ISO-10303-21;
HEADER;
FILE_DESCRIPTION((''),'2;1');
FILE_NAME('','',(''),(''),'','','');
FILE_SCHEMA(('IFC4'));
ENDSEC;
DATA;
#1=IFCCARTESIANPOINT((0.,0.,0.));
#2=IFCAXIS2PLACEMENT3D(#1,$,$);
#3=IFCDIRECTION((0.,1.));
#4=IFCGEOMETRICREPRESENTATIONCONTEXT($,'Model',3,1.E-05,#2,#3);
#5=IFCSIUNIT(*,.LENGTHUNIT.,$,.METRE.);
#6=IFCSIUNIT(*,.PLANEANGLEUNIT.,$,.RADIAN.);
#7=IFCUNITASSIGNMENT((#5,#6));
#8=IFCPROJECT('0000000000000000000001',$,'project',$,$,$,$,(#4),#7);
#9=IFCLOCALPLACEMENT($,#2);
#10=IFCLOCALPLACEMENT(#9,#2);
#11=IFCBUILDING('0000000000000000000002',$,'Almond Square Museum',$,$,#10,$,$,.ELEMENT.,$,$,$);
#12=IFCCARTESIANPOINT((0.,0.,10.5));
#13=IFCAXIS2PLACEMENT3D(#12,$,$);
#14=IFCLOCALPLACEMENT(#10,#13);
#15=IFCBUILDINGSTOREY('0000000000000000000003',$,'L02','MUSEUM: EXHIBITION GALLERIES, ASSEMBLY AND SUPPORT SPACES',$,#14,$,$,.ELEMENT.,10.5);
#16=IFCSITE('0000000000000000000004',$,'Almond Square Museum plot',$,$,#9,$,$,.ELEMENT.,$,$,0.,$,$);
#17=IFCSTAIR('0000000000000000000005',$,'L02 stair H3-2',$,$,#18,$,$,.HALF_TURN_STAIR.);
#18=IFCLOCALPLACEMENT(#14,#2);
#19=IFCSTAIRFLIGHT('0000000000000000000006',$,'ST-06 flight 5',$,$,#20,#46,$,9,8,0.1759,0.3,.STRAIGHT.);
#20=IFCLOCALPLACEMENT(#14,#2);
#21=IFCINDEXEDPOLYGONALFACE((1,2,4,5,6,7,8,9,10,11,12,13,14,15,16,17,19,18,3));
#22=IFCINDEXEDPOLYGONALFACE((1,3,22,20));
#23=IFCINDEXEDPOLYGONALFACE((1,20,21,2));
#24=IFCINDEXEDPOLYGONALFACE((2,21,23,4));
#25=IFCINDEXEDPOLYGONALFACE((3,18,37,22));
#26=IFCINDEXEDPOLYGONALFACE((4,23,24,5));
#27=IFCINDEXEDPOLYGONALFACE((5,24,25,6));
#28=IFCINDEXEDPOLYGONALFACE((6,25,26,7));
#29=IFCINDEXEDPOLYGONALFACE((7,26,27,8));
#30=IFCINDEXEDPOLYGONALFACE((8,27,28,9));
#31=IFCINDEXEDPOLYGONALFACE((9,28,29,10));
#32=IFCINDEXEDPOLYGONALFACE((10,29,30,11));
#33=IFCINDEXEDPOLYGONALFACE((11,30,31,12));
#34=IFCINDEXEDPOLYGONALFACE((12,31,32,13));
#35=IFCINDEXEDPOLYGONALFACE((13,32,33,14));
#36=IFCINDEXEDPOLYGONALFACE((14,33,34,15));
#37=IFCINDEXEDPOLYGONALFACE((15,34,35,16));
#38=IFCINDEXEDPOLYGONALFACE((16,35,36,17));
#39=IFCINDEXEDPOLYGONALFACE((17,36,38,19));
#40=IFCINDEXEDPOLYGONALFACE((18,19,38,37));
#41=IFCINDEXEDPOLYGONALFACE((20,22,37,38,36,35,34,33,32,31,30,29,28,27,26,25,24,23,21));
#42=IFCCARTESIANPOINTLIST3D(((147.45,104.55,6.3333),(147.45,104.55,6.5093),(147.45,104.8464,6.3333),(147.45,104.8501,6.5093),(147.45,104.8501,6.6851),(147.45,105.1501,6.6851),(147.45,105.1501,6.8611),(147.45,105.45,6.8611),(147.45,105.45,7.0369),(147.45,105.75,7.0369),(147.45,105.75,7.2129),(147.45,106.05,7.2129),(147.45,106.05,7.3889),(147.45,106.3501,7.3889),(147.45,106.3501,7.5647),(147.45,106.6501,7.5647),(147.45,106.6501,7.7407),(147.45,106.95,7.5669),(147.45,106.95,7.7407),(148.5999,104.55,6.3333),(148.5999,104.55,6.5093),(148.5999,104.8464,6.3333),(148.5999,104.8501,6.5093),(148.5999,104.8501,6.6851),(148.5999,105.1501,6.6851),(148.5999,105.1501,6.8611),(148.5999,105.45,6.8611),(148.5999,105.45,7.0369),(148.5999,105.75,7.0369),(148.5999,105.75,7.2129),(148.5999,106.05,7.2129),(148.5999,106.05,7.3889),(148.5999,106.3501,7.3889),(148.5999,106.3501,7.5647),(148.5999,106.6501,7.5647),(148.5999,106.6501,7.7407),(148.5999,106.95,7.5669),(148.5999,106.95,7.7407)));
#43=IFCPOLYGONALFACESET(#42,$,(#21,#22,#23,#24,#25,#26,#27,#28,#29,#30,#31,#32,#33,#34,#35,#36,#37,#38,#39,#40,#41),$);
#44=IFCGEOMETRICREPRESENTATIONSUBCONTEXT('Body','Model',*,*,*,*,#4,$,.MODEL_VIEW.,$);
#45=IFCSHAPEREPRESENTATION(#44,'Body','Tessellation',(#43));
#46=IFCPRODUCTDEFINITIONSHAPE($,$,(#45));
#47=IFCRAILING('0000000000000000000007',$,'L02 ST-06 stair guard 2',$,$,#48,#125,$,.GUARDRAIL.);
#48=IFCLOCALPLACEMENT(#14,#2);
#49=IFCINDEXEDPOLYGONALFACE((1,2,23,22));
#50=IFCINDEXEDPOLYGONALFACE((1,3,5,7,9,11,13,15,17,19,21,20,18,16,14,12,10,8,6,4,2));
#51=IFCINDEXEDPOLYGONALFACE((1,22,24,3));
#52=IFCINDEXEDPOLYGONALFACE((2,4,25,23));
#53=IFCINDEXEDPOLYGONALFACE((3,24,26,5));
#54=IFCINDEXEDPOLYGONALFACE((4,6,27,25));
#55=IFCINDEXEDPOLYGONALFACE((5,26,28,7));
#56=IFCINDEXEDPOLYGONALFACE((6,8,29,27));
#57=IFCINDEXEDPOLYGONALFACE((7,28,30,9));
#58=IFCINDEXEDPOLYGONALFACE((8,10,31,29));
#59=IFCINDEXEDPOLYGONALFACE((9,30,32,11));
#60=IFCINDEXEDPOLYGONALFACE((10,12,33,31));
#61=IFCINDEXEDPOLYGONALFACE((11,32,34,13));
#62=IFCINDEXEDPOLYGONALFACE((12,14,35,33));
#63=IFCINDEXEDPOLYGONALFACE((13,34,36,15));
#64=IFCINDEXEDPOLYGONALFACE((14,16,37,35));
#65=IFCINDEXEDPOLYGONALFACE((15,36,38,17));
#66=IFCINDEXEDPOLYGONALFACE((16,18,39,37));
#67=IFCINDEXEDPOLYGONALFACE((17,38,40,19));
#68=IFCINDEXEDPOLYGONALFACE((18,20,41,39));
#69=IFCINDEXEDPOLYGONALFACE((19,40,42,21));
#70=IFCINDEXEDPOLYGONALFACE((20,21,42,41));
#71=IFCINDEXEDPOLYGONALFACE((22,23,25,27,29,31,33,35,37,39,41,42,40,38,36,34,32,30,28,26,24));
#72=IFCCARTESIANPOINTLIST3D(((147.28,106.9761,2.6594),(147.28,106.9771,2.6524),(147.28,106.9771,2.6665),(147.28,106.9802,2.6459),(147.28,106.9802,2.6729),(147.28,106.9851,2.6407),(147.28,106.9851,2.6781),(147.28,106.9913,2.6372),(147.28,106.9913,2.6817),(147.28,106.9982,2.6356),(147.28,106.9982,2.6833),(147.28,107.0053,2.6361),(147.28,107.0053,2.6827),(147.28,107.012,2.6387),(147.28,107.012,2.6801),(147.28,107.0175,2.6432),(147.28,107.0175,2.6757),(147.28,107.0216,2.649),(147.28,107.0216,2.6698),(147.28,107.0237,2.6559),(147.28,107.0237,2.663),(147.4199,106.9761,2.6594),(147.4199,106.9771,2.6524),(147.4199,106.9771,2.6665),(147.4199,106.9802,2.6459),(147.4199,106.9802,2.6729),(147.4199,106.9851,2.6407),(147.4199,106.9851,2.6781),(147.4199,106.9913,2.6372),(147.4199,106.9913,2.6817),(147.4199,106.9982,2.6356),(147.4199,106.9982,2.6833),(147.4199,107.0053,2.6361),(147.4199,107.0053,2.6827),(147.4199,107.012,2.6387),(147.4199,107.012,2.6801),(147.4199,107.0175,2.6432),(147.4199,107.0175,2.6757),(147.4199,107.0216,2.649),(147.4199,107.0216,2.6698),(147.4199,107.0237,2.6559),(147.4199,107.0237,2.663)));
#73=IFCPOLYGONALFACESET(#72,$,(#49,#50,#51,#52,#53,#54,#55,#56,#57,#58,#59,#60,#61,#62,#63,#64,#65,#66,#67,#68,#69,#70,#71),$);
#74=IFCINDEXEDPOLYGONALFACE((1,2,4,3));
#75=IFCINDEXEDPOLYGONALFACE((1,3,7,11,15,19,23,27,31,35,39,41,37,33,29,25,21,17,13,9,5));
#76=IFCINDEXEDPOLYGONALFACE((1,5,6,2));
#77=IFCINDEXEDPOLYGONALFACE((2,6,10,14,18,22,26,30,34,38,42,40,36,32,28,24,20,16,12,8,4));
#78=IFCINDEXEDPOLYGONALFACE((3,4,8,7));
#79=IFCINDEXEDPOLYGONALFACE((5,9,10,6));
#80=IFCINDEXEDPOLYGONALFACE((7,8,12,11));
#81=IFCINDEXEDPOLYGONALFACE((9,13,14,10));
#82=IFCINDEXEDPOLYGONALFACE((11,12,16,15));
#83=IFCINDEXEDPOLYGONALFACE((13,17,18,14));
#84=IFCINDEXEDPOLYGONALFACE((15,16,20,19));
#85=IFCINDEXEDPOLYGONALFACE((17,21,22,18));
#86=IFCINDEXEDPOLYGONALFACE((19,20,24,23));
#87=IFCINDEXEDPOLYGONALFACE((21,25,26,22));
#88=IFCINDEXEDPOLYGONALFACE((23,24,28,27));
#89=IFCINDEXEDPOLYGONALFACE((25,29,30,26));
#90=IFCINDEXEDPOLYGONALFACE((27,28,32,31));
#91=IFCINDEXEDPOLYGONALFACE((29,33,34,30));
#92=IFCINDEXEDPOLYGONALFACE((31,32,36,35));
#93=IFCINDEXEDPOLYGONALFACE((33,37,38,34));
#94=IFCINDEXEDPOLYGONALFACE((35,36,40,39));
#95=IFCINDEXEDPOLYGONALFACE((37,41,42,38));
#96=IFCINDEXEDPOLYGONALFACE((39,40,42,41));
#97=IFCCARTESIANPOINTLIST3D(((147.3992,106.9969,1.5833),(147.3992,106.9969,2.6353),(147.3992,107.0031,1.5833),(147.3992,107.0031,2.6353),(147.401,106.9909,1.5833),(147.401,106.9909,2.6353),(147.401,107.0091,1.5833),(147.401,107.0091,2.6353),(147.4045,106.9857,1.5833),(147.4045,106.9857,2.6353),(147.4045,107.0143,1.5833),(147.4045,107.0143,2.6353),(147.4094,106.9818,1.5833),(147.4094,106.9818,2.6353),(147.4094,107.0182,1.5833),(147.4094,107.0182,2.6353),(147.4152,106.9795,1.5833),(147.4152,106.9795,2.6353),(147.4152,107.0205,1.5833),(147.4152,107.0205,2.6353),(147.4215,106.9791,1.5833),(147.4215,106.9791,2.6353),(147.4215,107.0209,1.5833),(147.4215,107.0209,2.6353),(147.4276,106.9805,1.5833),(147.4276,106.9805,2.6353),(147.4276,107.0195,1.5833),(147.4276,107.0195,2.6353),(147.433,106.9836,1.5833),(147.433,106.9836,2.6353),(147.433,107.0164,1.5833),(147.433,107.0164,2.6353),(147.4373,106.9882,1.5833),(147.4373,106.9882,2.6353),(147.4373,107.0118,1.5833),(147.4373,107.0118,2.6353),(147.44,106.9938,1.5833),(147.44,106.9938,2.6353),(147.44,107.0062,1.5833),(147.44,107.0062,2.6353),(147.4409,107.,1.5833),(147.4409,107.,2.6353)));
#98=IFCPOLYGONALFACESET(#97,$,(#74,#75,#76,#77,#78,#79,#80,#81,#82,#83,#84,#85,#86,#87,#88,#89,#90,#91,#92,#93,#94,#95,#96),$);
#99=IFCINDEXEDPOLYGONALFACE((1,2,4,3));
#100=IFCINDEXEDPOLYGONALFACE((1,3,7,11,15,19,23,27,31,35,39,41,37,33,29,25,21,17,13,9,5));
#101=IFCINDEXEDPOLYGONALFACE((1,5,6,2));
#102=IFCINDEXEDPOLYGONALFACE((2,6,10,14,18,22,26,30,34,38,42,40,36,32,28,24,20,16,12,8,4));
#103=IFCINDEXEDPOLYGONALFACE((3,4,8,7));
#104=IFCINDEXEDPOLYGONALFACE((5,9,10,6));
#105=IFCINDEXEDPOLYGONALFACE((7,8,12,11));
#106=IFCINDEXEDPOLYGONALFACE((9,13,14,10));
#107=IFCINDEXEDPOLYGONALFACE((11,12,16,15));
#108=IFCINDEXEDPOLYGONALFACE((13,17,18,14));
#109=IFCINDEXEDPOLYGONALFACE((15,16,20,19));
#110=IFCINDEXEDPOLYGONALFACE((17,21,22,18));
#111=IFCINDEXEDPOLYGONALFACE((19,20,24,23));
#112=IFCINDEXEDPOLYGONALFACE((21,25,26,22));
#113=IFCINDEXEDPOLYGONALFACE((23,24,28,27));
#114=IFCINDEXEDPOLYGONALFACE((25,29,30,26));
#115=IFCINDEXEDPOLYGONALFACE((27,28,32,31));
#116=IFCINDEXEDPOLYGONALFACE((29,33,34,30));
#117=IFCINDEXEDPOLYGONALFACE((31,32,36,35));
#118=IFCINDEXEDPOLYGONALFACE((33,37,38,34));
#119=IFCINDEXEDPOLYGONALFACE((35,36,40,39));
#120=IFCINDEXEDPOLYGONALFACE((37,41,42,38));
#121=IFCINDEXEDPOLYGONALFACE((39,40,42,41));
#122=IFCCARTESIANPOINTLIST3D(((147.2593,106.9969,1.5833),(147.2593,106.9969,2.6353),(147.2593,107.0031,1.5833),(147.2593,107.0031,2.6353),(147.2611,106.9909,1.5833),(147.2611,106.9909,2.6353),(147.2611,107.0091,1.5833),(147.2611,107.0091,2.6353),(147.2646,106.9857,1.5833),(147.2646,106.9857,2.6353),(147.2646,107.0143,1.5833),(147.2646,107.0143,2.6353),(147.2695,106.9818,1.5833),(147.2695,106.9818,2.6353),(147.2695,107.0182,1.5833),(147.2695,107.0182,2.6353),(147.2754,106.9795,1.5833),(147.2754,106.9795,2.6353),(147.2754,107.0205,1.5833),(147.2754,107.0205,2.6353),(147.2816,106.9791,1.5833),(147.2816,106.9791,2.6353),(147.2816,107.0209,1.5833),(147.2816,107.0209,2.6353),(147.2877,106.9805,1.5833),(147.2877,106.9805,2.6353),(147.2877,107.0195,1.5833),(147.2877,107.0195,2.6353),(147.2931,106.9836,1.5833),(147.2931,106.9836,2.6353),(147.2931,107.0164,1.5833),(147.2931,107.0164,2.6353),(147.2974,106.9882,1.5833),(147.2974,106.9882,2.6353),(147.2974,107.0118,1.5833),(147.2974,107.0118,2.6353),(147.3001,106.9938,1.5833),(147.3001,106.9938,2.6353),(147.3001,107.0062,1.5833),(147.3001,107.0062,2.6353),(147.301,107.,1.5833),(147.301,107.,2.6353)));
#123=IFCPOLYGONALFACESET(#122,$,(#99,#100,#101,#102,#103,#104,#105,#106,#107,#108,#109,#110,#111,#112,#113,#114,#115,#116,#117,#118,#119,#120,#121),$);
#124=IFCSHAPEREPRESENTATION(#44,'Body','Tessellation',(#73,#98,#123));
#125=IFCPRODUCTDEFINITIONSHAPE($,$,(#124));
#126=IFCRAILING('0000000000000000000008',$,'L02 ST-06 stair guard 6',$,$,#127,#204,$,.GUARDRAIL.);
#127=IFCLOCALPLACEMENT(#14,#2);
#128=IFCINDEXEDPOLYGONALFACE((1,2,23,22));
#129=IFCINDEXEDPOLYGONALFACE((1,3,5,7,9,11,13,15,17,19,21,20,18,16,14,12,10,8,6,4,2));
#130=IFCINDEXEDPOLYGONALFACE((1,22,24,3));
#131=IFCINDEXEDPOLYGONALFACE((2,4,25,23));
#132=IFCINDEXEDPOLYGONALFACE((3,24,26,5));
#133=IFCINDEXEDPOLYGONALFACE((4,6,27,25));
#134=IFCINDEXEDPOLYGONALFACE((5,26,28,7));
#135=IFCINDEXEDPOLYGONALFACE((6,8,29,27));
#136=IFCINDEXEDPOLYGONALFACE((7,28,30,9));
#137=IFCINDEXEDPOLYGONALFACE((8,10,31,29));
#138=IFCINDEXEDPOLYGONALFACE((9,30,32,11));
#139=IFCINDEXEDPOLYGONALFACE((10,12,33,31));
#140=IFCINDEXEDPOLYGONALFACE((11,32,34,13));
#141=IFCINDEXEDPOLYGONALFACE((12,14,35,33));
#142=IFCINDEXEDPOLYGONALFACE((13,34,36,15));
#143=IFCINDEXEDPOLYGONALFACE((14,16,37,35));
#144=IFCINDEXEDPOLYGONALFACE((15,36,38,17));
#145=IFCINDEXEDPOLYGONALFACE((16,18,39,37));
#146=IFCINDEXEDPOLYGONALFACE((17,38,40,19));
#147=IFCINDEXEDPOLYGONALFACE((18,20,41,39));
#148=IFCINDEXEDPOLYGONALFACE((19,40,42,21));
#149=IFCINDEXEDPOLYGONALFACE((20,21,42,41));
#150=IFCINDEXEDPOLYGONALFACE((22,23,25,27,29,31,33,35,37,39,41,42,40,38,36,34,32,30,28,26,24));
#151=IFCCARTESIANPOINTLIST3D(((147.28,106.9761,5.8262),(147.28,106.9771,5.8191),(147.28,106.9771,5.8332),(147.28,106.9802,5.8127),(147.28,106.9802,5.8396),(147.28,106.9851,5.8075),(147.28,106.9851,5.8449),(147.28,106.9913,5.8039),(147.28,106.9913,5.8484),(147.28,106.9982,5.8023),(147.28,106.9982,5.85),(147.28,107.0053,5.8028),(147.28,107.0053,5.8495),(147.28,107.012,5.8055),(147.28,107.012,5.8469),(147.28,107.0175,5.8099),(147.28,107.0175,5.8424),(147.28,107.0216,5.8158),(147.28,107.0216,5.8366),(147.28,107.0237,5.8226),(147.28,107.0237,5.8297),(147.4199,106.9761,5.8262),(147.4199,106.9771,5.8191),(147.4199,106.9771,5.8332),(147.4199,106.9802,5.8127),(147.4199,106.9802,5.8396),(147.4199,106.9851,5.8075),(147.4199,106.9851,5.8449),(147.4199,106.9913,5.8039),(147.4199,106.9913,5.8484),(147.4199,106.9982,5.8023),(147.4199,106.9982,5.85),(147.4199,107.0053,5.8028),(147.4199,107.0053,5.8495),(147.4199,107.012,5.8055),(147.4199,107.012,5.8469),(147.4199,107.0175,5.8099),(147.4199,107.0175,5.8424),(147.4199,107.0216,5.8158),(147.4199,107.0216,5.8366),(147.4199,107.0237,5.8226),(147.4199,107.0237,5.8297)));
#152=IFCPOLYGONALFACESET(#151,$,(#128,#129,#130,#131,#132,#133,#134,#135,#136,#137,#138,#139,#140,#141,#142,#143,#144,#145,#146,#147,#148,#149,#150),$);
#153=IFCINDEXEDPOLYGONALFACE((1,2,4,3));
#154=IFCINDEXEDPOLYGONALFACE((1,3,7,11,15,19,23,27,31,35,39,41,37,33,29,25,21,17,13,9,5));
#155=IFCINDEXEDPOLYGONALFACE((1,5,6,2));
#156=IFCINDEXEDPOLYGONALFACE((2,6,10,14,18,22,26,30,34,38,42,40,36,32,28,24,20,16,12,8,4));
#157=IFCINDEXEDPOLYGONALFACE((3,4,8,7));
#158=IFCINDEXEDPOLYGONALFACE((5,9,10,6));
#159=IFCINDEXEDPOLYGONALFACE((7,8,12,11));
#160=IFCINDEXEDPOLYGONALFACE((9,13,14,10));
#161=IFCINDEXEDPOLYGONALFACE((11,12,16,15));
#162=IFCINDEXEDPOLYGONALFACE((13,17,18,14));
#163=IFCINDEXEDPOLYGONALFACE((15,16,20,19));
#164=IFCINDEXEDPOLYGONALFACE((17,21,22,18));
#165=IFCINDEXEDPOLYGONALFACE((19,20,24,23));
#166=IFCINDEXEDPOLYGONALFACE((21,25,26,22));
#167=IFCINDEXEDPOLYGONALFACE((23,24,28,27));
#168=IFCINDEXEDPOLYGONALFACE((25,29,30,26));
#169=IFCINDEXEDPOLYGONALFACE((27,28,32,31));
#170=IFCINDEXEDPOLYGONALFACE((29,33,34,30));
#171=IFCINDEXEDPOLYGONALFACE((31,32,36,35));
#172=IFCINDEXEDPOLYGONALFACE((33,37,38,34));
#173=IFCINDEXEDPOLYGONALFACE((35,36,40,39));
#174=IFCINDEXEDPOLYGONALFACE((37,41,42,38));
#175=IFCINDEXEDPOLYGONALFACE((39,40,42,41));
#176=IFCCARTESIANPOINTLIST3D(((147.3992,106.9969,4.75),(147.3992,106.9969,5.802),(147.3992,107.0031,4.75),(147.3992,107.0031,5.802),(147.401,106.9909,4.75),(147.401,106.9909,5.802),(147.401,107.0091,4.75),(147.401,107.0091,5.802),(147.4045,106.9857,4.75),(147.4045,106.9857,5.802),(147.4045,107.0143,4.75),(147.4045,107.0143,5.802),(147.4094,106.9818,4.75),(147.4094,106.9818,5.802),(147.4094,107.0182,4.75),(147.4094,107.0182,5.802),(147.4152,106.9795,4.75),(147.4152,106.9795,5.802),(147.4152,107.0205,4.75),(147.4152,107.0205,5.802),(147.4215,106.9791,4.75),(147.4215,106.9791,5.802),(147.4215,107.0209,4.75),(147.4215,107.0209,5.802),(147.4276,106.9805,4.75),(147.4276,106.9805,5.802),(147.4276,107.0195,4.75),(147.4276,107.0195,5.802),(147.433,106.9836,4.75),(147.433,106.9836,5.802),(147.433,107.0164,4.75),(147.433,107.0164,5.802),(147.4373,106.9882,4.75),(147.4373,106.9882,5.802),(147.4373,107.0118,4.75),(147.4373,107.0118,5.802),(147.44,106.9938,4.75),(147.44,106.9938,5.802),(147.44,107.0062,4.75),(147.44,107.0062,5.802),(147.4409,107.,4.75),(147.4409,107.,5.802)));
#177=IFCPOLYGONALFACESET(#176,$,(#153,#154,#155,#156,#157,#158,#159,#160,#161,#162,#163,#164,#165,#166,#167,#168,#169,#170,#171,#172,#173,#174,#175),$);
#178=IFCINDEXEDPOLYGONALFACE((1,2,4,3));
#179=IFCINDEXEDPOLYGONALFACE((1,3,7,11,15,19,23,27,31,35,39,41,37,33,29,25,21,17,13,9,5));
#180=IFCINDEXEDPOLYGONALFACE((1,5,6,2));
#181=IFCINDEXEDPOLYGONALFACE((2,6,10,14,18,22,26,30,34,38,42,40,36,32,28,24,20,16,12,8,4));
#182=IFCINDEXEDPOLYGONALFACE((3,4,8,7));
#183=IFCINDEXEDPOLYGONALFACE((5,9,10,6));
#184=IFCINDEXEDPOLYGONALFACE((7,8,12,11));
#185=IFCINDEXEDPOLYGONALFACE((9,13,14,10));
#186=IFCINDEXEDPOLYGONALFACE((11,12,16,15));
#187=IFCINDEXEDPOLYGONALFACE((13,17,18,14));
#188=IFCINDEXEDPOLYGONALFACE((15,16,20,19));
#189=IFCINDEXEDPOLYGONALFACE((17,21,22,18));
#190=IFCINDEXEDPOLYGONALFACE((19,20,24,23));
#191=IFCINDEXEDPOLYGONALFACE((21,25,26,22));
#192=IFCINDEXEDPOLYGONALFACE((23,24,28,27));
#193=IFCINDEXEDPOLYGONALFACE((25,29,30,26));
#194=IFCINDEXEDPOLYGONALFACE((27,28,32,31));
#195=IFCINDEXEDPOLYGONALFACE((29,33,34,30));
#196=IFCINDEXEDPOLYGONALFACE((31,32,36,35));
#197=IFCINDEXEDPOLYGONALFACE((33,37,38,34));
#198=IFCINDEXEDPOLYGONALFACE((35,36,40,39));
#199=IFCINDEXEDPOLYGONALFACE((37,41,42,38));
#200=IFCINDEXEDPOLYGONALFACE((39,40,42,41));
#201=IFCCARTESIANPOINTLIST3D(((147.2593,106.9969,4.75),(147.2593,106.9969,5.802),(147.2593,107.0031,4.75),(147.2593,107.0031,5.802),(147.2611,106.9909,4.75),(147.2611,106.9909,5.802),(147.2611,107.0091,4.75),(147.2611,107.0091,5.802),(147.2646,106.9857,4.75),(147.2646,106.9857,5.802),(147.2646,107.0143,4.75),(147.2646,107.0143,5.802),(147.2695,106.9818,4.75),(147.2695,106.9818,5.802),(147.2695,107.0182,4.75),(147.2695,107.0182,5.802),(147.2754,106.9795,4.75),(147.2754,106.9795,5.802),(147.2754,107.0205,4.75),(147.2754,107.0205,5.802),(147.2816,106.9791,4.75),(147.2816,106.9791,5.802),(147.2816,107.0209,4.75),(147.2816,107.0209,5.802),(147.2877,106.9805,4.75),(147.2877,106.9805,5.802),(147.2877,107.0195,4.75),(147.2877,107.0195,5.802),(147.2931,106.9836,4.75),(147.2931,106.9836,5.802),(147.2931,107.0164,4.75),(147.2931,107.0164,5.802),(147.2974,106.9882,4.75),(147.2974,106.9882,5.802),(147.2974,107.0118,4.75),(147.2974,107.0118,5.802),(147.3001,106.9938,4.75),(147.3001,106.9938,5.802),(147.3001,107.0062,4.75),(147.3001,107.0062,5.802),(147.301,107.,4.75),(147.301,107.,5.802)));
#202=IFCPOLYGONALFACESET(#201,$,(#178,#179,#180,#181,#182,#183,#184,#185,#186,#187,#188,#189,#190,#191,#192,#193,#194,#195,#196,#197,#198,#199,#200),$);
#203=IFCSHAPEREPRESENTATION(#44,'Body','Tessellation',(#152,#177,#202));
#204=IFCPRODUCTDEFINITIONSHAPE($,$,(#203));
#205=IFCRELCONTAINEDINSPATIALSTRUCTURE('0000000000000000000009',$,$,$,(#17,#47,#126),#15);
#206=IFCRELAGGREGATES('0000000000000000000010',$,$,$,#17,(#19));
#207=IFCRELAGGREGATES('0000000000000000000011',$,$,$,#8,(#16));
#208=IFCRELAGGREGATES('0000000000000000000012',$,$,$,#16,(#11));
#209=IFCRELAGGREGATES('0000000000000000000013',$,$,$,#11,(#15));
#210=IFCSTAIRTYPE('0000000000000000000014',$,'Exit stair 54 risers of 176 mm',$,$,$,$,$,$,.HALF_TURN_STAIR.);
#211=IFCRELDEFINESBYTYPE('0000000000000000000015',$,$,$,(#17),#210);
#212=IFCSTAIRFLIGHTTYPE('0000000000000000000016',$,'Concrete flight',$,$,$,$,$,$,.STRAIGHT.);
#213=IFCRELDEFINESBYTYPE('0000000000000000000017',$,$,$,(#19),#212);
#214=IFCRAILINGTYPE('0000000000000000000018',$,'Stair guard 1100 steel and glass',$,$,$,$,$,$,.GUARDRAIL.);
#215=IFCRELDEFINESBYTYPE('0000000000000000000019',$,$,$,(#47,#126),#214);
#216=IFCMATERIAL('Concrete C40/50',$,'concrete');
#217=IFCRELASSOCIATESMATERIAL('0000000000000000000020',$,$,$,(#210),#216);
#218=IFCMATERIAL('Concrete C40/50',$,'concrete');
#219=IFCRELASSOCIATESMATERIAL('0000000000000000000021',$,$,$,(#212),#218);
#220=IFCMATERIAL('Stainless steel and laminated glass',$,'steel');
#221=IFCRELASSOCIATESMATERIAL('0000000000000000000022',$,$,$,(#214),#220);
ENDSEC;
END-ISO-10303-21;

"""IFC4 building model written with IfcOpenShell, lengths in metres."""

from ifc_helpers import new_model, si_unit, direction, frame, origin, origin_2d, place, context, subcontext, project, spatial, polyline, circle, outline, extrude, material, type_object, element, aggregate, save


model = new_model("IFC4")

# Units and contexts
model_context = context("Model", 3, precision=1e-05, world=origin(), true_north=direction((0.0, 1.0)))
body_context = subcontext(model_context, "Body", "Model", "MODEL_VIEW")
ifc_project = project(units=[si_unit("LENGTHUNIT", "METRE"), si_unit("PLANEANGLEUNIT", "RADIAN")], contexts=[model_context])

# Site, building, storey
site_placement = place(None, origin())
site = spatial("IfcSite", under=ifc_project, at=site_placement, Name="Almond Square Museum plot", CompositionType="ELEMENT", RefElevation=0.0)
building_placement = place(site_placement, origin())
building = spatial("IfcBuilding", under=site, at=building_placement, Name="Almond Square Museum", CompositionType="ELEMENT")
storey_placement = place(building_placement, frame((0.0, 0.0, 10.5)))
storey = spatial("IfcBuildingStorey", under=building, at=storey_placement, Name="L02", Description="MUSEUM: EXHIBITION GALLERIES, ASSEMBLY AND SUPPORT SPACES", CompositionType="ELEMENT", Elevation=10.5)

# Stair, stair flight
ifc_material_1 = material(Name="Concrete C40/50", Category="concrete")
stair_type = type_object("IfcStairType", Name="Exit stair 54 risers of 176 mm", PredefinedType="HALF_TURN_STAIR", material=ifc_material_1)
stair_placement = place(storey_placement, origin())
stair = element("IfcStair", 1, at=stair_placement, inside=storey, type_object=stair_type, Name="L02 stair H3-2", PredefinedType="HALF_TURN_STAIR")
ifc_material_2 = material(Name="Concrete C40/50", Category="concrete")
stair_flight_type = type_object("IfcStairFlightType", Name="Concrete flight", PredefinedType="STRAIGHT", material=ifc_material_2)
stair_flight_1_placement = place(storey_placement, frame((148.0249, 104.55, 6.3333), z_axis=(0.0, 0.0, 1.0), x_axis=(0.0, 1.0, 0.0)))
stair_flight_1 = element("IfcStairFlight", 2, at=stair_flight_1_placement, type_object=stair_flight_type, Name="ST-06 flight 5", NumberOfRisers=9, NumberOfTreads=8, PredefinedType="STRAIGHT", RiserHeight=0.1759, TreadLength=0.3, context=body_context, shape_type="SweptSolid", body=[
    extrude(outline(polyline([(0.0, 0.0), (0.0, 0.176), (0.3, 0.176), (0.3, 0.3518), (0.6001, 0.3518), (0.6001, 0.5278), (0.8999, 0.5278), (0.8999, 0.7036), (1.2, 0.7036), (1.2, 0.8796), (1.5, 0.8796), (1.5, 1.0557), (1.8, 1.0557), (1.8, 1.2314), (2.1001, 1.2314), (2.1001, 1.4075), (2.3999, 1.4075), (2.3999, 1.5833), (2.3999, 1.2336), (0.2964, 0.0), (0.0, 0.0)])), frame((0.0, 0.575, 0.0), z_axis=(0.0, -1.0, 0.0), x_axis=(1.0, 0.0, 0.0)), (0.0, 0.0, 1.0), 1.1499),
])
aggregate(stair, [stair_flight_1])

# Railings
ifc_material_3 = material(Name="Stainless steel and laminated glass", Category="steel")
railing_type_1 = type_object("IfcRailingType", Name="Stair guard 1100 steel and glass", PredefinedType="GUARDRAIL", material=ifc_material_3)
for number, where, name in (
    (3, (147.4199, 107.0, 1.5833), "L02 ST-06 stair guard 2"),
    (4, (147.4199, 107.0, 4.75), "L02 ST-06 stair guard 6"),
):
    element("IfcRailing", number, at=place(storey_placement, frame(where)), inside=storey, type_object=railing_type_1, Name=name, PredefinedType="GUARDRAIL", context=body_context, shape_type="SweptSolid", body=[
        extrude(circle(Radius=0.0239, at=origin_2d()), frame((0.0, 0.0, 1.0762), z_axis=(-1.0, 0.0, 0.0), x_axis=(0.0, -1.0, 0.0)), (0.0, 0.0, 1.0), 0.1399),
        extrude(circle(Radius=0.021, at=origin_2d()), origin(), (0.0, 0.0, 1.0), 1.052),
        extrude(circle(Radius=0.021, at=origin_2d()), frame((-0.1399, 0.0, 0.0)), (0.0, 0.0, 1.0), 1.052),
    ])

save(model, "model.ifc")
